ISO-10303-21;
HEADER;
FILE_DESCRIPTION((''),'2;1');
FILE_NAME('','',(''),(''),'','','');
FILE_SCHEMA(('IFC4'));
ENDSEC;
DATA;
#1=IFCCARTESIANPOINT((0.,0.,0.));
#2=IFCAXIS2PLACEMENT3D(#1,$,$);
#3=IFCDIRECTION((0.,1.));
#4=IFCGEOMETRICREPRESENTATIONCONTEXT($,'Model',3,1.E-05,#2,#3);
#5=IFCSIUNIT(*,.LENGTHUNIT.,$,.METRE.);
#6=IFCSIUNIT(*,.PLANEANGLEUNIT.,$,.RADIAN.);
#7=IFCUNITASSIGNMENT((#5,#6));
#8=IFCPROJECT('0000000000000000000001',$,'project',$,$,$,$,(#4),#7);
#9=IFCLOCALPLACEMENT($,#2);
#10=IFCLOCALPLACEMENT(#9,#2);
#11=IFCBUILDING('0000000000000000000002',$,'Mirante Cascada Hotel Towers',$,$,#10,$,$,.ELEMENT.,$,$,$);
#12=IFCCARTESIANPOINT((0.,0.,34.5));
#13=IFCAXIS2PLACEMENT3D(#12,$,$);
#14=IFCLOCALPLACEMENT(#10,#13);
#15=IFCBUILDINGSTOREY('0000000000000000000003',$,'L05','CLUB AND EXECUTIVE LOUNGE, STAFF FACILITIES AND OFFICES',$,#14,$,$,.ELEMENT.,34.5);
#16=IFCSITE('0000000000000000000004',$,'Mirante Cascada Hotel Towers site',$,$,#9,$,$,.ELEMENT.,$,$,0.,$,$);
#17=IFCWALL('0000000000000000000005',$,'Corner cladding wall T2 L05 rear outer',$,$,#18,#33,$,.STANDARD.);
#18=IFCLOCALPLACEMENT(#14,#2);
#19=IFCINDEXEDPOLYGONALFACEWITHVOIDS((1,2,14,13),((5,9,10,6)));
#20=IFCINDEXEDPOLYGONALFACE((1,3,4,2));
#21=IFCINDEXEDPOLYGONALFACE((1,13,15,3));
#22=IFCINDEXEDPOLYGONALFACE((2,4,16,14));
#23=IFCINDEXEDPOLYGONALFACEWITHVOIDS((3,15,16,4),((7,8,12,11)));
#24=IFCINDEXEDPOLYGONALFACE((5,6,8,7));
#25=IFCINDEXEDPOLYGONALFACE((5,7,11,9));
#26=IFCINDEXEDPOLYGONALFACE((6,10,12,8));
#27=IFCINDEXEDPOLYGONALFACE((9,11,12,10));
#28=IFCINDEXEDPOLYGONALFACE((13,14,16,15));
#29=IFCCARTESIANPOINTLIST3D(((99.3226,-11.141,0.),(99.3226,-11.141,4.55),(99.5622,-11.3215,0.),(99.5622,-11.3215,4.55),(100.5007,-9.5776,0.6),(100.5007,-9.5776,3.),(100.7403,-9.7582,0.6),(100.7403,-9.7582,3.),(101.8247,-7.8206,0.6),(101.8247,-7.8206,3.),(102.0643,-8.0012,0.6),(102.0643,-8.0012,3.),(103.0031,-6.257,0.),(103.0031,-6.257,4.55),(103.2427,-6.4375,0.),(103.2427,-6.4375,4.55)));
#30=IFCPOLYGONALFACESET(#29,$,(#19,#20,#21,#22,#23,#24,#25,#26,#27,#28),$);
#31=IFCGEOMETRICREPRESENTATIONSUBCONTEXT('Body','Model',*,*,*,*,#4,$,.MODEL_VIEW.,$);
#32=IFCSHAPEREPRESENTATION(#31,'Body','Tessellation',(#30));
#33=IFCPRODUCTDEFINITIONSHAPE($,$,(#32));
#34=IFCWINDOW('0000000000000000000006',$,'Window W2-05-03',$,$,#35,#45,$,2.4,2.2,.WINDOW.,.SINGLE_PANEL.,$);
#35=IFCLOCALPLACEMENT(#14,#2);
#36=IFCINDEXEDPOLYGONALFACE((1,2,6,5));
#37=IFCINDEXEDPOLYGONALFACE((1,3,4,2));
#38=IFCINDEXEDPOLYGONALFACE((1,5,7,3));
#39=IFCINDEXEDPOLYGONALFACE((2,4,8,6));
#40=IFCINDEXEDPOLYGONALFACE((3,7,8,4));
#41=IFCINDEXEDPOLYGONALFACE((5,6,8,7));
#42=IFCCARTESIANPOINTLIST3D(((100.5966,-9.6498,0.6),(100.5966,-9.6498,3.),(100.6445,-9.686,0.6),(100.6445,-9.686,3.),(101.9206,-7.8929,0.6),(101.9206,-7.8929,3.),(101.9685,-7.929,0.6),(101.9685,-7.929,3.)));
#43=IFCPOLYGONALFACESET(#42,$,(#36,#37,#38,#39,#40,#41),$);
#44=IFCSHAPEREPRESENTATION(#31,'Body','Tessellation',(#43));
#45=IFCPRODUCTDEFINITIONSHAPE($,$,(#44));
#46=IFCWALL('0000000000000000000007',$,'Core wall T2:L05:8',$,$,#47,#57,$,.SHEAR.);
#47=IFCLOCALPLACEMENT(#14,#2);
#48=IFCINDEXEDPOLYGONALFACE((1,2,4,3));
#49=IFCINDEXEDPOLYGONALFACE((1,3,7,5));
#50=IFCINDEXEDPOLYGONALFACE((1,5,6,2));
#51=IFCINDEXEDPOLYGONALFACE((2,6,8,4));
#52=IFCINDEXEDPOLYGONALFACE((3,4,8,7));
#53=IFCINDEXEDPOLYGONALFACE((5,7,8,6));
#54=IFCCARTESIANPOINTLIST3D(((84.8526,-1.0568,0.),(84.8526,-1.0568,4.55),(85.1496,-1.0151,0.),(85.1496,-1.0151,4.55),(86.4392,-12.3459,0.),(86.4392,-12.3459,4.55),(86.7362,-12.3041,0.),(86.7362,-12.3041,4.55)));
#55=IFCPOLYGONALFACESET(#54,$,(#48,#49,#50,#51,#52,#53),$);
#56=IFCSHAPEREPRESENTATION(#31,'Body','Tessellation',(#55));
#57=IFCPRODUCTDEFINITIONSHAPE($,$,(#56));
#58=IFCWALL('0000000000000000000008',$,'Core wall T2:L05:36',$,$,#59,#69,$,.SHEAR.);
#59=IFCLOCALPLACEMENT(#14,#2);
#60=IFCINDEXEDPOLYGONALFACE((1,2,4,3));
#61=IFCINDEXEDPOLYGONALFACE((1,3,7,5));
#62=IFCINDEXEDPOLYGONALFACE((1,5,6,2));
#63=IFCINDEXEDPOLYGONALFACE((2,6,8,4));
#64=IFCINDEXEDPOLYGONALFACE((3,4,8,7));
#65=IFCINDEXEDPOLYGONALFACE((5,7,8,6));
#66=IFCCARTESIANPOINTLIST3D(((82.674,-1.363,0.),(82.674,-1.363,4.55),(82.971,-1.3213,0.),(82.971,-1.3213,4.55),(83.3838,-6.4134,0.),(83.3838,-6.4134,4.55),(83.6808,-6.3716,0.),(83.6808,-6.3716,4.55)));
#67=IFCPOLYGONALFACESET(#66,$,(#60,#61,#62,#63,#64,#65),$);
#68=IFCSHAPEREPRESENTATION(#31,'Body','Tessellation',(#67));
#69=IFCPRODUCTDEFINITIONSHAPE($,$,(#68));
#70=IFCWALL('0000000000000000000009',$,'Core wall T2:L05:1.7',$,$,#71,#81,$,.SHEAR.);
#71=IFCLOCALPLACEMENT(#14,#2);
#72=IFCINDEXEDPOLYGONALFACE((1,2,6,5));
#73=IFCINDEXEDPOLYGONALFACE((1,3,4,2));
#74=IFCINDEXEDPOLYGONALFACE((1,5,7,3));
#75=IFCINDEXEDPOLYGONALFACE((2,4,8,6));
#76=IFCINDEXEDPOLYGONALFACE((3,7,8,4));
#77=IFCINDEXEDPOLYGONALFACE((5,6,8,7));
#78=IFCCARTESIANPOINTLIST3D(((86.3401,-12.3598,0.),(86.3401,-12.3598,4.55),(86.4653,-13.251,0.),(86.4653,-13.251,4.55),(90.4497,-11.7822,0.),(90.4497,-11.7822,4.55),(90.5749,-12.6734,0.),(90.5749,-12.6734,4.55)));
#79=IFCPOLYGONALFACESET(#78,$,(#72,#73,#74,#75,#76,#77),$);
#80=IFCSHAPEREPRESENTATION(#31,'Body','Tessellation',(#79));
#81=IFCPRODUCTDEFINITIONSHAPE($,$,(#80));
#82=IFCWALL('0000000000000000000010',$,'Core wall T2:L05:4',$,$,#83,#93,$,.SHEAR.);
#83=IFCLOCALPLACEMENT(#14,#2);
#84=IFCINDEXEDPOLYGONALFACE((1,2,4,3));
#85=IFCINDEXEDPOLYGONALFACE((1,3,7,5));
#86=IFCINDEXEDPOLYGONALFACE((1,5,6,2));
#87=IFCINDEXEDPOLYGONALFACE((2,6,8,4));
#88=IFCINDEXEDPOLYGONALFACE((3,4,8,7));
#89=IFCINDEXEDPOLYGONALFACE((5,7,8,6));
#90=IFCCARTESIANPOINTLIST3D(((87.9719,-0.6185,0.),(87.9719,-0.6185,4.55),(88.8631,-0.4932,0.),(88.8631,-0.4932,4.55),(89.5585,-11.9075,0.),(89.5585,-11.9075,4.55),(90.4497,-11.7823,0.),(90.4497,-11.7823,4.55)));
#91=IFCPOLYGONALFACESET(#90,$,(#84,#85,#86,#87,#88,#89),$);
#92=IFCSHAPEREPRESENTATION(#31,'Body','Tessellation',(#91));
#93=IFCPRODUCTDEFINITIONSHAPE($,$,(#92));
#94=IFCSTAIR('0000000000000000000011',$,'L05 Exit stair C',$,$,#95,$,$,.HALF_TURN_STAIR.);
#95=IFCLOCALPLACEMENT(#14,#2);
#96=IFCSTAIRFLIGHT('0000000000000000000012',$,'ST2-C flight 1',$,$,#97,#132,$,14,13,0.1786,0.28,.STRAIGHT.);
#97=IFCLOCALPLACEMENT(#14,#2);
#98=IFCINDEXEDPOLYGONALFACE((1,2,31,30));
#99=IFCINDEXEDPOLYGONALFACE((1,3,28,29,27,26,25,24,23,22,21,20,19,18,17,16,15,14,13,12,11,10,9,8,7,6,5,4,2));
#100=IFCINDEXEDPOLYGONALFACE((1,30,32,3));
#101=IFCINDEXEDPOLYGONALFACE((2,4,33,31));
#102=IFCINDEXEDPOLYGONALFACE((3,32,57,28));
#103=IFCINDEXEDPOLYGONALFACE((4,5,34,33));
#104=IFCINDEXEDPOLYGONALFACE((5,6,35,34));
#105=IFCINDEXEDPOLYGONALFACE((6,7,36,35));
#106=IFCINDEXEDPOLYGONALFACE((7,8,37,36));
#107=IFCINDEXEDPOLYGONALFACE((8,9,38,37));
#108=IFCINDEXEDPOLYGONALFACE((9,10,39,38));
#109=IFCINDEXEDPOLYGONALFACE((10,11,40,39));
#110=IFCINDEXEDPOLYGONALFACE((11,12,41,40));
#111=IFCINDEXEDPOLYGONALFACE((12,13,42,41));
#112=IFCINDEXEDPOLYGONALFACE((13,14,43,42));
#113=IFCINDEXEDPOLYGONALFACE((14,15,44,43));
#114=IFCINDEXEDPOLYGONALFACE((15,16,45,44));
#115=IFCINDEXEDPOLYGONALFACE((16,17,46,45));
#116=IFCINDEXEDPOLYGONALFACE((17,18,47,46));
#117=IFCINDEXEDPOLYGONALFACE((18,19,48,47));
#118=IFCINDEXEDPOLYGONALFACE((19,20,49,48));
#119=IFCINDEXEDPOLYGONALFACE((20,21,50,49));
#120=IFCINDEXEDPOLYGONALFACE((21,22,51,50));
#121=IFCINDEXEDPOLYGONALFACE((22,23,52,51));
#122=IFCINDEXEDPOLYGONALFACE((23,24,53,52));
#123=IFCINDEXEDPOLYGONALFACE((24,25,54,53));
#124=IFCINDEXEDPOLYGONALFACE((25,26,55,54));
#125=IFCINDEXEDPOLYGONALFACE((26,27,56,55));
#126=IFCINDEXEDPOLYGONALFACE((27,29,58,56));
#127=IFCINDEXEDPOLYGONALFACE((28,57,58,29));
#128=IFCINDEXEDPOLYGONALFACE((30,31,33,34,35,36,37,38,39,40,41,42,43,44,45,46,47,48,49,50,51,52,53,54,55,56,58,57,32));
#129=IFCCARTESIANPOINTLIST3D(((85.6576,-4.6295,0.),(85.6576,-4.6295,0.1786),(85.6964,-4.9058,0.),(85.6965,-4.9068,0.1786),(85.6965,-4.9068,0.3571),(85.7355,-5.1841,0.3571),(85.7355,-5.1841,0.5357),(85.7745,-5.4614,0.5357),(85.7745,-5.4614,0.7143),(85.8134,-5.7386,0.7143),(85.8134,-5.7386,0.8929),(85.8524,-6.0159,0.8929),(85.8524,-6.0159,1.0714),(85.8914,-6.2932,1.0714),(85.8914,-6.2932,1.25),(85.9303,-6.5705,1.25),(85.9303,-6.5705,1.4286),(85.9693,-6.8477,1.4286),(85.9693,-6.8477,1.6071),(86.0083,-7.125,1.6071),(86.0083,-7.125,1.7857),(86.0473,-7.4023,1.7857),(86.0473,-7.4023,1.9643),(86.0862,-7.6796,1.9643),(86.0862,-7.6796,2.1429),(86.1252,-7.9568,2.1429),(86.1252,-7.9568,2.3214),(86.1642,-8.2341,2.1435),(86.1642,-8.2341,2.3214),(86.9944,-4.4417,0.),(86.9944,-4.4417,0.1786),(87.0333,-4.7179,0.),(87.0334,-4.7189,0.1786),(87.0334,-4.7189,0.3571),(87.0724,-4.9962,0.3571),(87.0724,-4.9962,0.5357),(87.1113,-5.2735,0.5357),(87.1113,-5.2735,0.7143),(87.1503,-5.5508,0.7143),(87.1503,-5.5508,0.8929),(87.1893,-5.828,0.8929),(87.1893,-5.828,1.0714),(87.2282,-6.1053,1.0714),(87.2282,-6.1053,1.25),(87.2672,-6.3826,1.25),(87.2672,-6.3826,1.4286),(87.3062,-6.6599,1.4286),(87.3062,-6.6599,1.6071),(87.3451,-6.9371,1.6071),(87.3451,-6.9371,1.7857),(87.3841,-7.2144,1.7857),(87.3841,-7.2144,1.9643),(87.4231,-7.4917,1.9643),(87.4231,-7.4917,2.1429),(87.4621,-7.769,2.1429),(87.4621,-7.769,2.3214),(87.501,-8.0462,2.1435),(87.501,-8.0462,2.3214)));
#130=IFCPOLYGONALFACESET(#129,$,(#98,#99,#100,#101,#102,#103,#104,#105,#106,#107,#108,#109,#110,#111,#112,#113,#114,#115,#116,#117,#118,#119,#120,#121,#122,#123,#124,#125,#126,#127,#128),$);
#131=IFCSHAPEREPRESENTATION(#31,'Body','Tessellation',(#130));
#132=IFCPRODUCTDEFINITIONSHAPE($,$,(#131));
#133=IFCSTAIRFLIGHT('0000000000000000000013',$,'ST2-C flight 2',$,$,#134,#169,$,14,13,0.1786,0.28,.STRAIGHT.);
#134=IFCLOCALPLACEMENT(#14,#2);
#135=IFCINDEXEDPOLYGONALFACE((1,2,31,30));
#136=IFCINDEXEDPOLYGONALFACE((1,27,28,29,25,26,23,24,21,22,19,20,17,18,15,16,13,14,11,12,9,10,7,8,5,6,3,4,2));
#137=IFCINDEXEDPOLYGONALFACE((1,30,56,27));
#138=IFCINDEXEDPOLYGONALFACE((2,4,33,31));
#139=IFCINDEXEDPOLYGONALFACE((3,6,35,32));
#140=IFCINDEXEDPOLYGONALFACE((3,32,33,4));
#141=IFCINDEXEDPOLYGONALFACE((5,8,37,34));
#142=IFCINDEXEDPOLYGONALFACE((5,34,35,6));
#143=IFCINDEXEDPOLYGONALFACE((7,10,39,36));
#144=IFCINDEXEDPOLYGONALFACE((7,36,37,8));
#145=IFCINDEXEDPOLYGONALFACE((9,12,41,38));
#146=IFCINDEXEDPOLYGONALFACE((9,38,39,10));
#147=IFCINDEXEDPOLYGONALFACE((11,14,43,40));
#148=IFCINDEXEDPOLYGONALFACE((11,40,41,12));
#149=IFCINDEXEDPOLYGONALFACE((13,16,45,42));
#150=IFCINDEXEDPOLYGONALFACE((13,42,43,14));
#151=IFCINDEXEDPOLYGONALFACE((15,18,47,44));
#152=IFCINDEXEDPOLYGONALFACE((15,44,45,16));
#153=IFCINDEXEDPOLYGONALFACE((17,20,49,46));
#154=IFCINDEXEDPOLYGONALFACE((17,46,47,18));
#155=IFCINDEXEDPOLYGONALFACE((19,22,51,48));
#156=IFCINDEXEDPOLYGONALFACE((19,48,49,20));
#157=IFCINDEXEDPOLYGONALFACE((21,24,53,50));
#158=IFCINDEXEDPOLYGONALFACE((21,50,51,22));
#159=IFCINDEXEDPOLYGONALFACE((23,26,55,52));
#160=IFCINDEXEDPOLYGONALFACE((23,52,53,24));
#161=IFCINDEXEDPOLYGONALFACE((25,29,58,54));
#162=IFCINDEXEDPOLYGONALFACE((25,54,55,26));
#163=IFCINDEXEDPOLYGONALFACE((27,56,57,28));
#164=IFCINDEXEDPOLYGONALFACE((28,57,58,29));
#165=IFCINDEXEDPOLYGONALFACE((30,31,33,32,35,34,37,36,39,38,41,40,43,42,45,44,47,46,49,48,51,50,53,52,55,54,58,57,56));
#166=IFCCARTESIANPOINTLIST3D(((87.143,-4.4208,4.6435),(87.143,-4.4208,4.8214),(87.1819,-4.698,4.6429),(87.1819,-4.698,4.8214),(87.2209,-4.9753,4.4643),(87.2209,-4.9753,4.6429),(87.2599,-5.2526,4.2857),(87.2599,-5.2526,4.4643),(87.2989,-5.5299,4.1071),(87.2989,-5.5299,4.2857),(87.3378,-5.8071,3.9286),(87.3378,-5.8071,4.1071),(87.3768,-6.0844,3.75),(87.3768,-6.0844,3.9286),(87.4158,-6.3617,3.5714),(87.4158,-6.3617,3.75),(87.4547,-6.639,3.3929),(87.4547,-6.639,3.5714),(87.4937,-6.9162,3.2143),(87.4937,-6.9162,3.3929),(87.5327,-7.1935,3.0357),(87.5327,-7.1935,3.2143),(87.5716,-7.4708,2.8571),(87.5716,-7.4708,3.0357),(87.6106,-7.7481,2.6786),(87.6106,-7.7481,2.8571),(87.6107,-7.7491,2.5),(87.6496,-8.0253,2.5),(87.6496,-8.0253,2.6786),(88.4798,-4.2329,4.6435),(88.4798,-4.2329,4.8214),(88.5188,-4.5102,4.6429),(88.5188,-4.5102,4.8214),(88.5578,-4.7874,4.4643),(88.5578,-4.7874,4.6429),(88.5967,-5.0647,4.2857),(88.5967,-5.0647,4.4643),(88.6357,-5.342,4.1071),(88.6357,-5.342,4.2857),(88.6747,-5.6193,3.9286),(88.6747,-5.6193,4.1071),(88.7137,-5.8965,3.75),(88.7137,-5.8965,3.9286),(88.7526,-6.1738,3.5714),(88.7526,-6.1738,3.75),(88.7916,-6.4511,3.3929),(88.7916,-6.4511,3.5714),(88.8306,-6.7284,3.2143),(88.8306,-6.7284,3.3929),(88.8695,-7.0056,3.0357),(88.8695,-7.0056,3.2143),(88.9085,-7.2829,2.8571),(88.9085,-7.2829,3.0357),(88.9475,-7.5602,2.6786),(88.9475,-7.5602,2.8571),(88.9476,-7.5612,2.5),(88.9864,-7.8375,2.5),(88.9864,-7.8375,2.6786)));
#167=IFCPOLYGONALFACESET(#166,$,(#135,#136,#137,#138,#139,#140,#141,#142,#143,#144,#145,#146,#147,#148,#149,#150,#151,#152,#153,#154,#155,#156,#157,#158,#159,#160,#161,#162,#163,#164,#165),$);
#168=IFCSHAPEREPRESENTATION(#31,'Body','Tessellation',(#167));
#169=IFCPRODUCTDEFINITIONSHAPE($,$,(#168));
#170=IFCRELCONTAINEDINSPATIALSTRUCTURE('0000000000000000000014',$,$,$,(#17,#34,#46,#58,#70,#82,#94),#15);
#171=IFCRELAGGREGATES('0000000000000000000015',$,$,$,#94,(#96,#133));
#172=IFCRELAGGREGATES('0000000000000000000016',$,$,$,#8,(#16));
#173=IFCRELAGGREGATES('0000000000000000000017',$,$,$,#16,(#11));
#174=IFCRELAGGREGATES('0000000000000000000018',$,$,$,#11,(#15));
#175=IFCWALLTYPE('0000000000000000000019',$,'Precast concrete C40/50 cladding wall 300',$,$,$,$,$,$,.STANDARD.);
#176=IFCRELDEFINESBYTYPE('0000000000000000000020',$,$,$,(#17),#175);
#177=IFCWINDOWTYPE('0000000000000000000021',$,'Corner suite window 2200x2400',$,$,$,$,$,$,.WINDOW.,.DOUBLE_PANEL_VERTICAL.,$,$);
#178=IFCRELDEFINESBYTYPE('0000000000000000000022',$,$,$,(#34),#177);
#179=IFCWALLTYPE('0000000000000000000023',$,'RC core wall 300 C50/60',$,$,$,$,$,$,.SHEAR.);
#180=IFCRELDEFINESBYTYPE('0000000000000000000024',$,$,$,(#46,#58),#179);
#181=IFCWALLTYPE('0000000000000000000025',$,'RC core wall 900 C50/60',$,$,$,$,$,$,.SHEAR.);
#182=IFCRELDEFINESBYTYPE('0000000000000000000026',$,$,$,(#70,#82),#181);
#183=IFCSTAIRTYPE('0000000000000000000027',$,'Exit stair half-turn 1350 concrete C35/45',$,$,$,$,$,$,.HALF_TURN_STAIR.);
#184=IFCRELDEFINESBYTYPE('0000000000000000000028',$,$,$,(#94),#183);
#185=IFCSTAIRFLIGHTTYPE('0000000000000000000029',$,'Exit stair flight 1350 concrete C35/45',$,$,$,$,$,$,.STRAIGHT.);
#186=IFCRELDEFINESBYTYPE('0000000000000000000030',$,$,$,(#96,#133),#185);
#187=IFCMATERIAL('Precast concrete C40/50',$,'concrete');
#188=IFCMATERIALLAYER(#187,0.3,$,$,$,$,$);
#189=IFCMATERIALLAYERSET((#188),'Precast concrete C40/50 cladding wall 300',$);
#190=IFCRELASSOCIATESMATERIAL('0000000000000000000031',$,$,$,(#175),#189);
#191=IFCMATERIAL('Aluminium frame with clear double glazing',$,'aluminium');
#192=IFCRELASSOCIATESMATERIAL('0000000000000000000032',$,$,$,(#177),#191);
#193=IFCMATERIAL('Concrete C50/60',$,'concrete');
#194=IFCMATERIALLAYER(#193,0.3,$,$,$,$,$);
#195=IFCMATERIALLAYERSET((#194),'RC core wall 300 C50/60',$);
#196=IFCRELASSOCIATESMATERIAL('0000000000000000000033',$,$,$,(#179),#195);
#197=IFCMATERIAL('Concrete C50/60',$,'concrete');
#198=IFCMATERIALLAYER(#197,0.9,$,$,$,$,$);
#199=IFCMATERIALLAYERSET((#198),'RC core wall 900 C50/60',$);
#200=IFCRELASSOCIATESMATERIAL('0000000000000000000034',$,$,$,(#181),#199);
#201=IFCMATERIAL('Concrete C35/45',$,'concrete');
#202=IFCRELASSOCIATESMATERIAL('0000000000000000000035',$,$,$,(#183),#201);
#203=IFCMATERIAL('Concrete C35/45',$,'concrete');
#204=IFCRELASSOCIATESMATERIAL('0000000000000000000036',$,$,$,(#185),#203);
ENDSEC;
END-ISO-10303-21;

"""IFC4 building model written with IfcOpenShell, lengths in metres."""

from ifc_helpers import new_model, si_unit, direction, frame, frame_2d, origin, place, context, subcontext, project, spatial, polyline, rectangle, outline, extrude, material, layer, layer_set, type_object, element, fill, aggregate, save


model = new_model("IFC4")

# Units and contexts
model_context = context("Model", 3, precision=1e-05, world=origin(), true_north=direction((0.0, 1.0)))
body_context = subcontext(model_context, "Body", "Model", "MODEL_VIEW")
ifc_project = project(units=[si_unit("LENGTHUNIT", "METRE"), si_unit("PLANEANGLEUNIT", "RADIAN")], contexts=[model_context])

# Site, building, storey
site_placement = place(None, origin())
site = spatial("IfcSite", under=ifc_project, at=site_placement, Name="Mirante Cascada Hotel Towers site", CompositionType="ELEMENT", RefElevation=0.0)
building_placement = place(site_placement, origin())
building = spatial("IfcBuilding", under=site, at=building_placement, Name="Mirante Cascada Hotel Towers", CompositionType="ELEMENT")
storey_placement = place(building_placement, frame((0.0, 0.0, 34.5)))
storey = spatial("IfcBuildingStorey", under=building, at=storey_placement, Name="L05", Description="CLUB AND EXECUTIVE LOUNGE, STAFF FACILITIES AND OFFICES", CompositionType="ELEMENT", Elevation=34.5)

# Shared definitions
ifc_material_1 = material(Name="Precast concrete C40/50", Category="concrete")
ifc_layer_1 = layer(ifc_material_1, 0.3)
ifc_layer_set_1 = layer_set([ifc_layer_1], Name="Precast concrete C40/50 cladding wall 300")
wall_type_1 = type_object("IfcWallType", Name="Precast concrete C40/50 cladding wall 300", PredefinedType="STANDARD", material=ifc_layer_set_1)

# Wall, opening, window
wall_1_placement = place(storey_placement, frame((99.4424, -11.2313, 0.0), z_axis=(0.0, 0.0, 1.0), x_axis=(0.601819, 0.798632, 0.0)))
wall_1 = element("IfcWall", 1, at=wall_1_placement, inside=storey, type_object=wall_type_1, Name="Corner cladding wall T2 L05 rear outer", PredefinedType="STANDARD", context=body_context, shape_type="SweptSolid", body=[
    extrude(rectangle(XDim=6.1155, YDim=0.3, at=frame_2d((3.0578, 0.0))), origin(), (0.0, 0.0, 1.0), 4.55),
])
opening_1_placement = place(wall_1_placement, frame((1.9576, 0.0, 0.6)))
opening_1 = element("IfcOpeningElement", 2, at=opening_1_placement, cuts=wall_1, PredefinedType="OPENING", context=body_context, shape_type="SweptSolid", body=[
    extrude(rectangle(XDim=2.2, YDim=2.4, at=frame_2d((1.1, 1.2))), frame((0.0, 0.15, 0.0), z_axis=(0.0, -1.0, 0.0), x_axis=(1.0, 0.0, 0.0)), (0.0, 0.0, 1.0), 0.3),
])
ifc_material_2 = material(Name="Aluminium frame with clear double glazing", Category="aluminium")
window_type_1 = type_object("IfcWindowType", Name="Corner suite window 2200x2400", PartitioningType="DOUBLE_PANEL_VERTICAL", PredefinedType="WINDOW", material=ifc_material_2)
window_1_placement = place(opening_1_placement, origin())
window_1 = element("IfcWindow", 3, at=window_1_placement, inside=storey, type_object=window_type_1, Name="Window W2-05-03", OverallHeight=2.4, OverallWidth=2.2, PartitioningType="SINGLE_PANEL", PredefinedType="WINDOW", context=body_context, shape_type="SweptSolid", body=[
    extrude(rectangle(XDim=2.2, YDim=2.4, at=frame_2d((1.1, 1.2))), frame((0.0, 0.03, 0.0), z_axis=(0.0, -1.0, 0.0), x_axis=(1.0, 0.0, 0.0)), (0.0, 0.0, 1.0), 0.06),
])
fill(opening_1, window_1)

# Walls
ifc_material_3 = material(Name="Concrete C50/60", Category="concrete")
ifc_layer_2 = layer(ifc_material_3, 0.3)
ifc_layer_set_2 = layer_set([ifc_layer_2], Name="RC core wall 300 C50/60")
wall_type_2 = type_object("IfcWallType", Name="RC core wall 300 C50/60", PredefinedType="SHEAR", material=ifc_layer_set_2)
wall_2_placement = place(storey_placement, frame((86.5877, -12.325, 0.0), z_axis=(0.0, 0.0, 1.0), x_axis=(-0.139175, 0.990268, 0.0)))
element("IfcWall", 4, at=wall_2_placement, inside=storey, type_object=wall_type_2, Name="Core wall T2:L05:8", PredefinedType="SHEAR", context=body_context, shape_type="SweptSolid", body=[
    extrude(rectangle(XDim=11.4, YDim=0.3, at=frame_2d((5.7, 0.0))), origin(), (0.0, 0.0, 1.0), 4.55),
])
wall_3_placement = place(storey_placement, frame((83.5323, -6.3925, 0.0), z_axis=(0.0, 0.0, 1.0), x_axis=(-0.139176, 0.990268, 0.0)))
element("IfcWall", 5, at=wall_3_placement, inside=storey, type_object=wall_type_2, Name="Core wall T2:L05:36", PredefinedType="SHEAR", context=body_context, shape_type="SweptSolid", body=[
    extrude(rectangle(XDim=5.1, YDim=0.3, at=frame_2d((2.55, 0.0))), origin(), (0.0, 0.0, 1.0), 4.55),
])
ifc_material_4 = material(Name="Concrete C50/60", Category="concrete")
ifc_layer_3 = layer(ifc_material_4, 0.9)
ifc_layer_set_3 = layer_set([ifc_layer_3], Name="RC core wall 900 C50/60")
wall_type_3 = type_object("IfcWallType", Name="RC core wall 900 C50/60", PredefinedType="SHEAR", material=ifc_layer_set_3)
wall_4_placement = place(storey_placement, frame((86.4027, -12.8054, 0.0), z_axis=(0.0, 0.0, 1.0), x_axis=(0.990267, 0.139181, 0.0)))
element("IfcWall", 6, at=wall_4_placement, inside=storey, type_object=wall_type_3, Name="Core wall T2:L05:1.7", PredefinedType="SHEAR", context=body_context, shape_type="SweptSolid", body=[
    extrude(rectangle(XDim=4.15, YDim=0.9, at=frame_2d((2.075, 0.0))), origin(), (0.0, 0.0, 1.0), 4.55),
])
wall_5_placement = place(storey_placement, frame((90.0041, -11.8449, 0.0), z_axis=(0.0, 0.0, 1.0), x_axis=(-0.139175, 0.990268, 0.0)))
element("IfcWall", 7, at=wall_5_placement, inside=storey, type_object=wall_type_3, Name="Core wall T2:L05:4", PredefinedType="SHEAR", context=body_context, shape_type="SweptSolid", body=[
    extrude(rectangle(XDim=11.4, YDim=0.9, at=frame_2d((5.7, 0.0))), origin(), (0.0, 0.0, 1.0), 4.55),
])

# Stair, stair flights
ifc_material_5 = material(Name="Concrete C35/45", Category="concrete")
stair_type = type_object("IfcStairType", Name="Exit stair half-turn 1350 concrete C35/45", PredefinedType="HALF_TURN_STAIR", material=ifc_material_5)
stair_placement = place(storey_placement, origin())
stair = element("IfcStair", 8, at=stair_placement, inside=storey, type_object=stair_type, Name="L05 Exit stair C", PredefinedType="HALF_TURN_STAIR")
ifc_material_6 = material(Name="Concrete C35/45", Category="concrete")
stair_flight_type = type_object("IfcStairFlightType", Name="Exit stair flight 1350 concrete C35/45", PredefinedType="STRAIGHT", material=ifc_material_6)
stair_flight_1_placement = place(storey_placement, frame((86.326, -4.5356, 0.0), z_axis=(0.0, 0.0, 1.0), x_axis=(0.139173, -0.990268, 0.0)))
stair_flight_1 = element("IfcStairFlight", 9, at=stair_flight_1_placement, type_object=stair_flight_type, Name="ST2-C flight 1", NumberOfRisers=14, NumberOfTreads=13, PredefinedType="STRAIGHT", RiserHeight=0.1786, TreadLength=0.28, context=body_context, shape_type="SweptSolid", body=[
    extrude(outline(polyline([(0.0, 0.0), (0.0, 0.1786), (0.28, 0.1786), (0.28, 0.3571), (0.56, 0.3571), (0.56, 0.5357), (0.84, 0.5357), (0.84, 0.7143), (1.12, 0.7143), (1.12, 0.8929), (1.4, 0.8929), (1.4, 1.0714), (1.68, 1.0714), (1.68, 1.25), (1.96, 1.25), (1.96, 1.4286), (2.24, 1.4286), (2.24, 1.6071), (2.52, 1.6071), (2.52, 1.7857), (2.8, 1.7857), (2.8, 1.9643), (3.08, 1.9643), (3.08, 2.1429), (3.36, 2.1429), (3.36, 2.3214), (3.64, 2.3214), (3.64, 2.5), (3.64, 2.1435), (0.279, 0.0), (0.0, 0.0)])), frame((0.0, 0.675, 0.0), z_axis=(0.0, -1.0, 0.0), x_axis=(1.0, 0.0, 0.0)), (0.0, 0.0, 1.0), 1.35),
])
stair_flight_2_placement = place(storey_placement, frame((88.318, -7.9314, 2.5), z_axis=(0.0, 0.0, 1.0), x_axis=(-0.139173, 0.990268, 0.0)))
stair_flight_2 = element("IfcStairFlight", 10, at=stair_flight_2_placement, type_object=stair_flight_type, Name="ST2-C flight 2", NumberOfRisers=14, NumberOfTreads=13, PredefinedType="STRAIGHT", RiserHeight=0.1786, TreadLength=0.28, context=body_context, shape_type="SweptSolid", body=[
    extrude(outline(polyline([(0.0, 0.0), (0.0, 0.1786), (0.28, 0.1786), (0.28, 0.3571), (0.56, 0.3571), (0.56, 0.5357), (0.84, 0.5357), (0.84, 0.7143), (1.12, 0.7143), (1.12, 0.8929), (1.4, 0.8929), (1.4, 1.0714), (1.68, 1.0714), (1.68, 1.25), (1.96, 1.25), (1.96, 1.4286), (2.24, 1.4286), (2.24, 1.6071), (2.52, 1.6071), (2.52, 1.7857), (2.8, 1.7857), (2.8, 1.9643), (3.08, 1.9643), (3.08, 2.1429), (3.36, 2.1429), (3.36, 2.3214), (3.64, 2.3214), (3.64, 2.5), (3.64, 2.1435), (0.279, 0.0), (0.0, 0.0)])), frame((0.0, 0.675, 0.0), z_axis=(0.0, -1.0, 0.0), x_axis=(1.0, 0.0, 0.0)), (0.0, 0.0, 1.0), 1.35),
])
aggregate(stair, [stair_flight_1, stair_flight_2])

save(model, "model.ifc")
